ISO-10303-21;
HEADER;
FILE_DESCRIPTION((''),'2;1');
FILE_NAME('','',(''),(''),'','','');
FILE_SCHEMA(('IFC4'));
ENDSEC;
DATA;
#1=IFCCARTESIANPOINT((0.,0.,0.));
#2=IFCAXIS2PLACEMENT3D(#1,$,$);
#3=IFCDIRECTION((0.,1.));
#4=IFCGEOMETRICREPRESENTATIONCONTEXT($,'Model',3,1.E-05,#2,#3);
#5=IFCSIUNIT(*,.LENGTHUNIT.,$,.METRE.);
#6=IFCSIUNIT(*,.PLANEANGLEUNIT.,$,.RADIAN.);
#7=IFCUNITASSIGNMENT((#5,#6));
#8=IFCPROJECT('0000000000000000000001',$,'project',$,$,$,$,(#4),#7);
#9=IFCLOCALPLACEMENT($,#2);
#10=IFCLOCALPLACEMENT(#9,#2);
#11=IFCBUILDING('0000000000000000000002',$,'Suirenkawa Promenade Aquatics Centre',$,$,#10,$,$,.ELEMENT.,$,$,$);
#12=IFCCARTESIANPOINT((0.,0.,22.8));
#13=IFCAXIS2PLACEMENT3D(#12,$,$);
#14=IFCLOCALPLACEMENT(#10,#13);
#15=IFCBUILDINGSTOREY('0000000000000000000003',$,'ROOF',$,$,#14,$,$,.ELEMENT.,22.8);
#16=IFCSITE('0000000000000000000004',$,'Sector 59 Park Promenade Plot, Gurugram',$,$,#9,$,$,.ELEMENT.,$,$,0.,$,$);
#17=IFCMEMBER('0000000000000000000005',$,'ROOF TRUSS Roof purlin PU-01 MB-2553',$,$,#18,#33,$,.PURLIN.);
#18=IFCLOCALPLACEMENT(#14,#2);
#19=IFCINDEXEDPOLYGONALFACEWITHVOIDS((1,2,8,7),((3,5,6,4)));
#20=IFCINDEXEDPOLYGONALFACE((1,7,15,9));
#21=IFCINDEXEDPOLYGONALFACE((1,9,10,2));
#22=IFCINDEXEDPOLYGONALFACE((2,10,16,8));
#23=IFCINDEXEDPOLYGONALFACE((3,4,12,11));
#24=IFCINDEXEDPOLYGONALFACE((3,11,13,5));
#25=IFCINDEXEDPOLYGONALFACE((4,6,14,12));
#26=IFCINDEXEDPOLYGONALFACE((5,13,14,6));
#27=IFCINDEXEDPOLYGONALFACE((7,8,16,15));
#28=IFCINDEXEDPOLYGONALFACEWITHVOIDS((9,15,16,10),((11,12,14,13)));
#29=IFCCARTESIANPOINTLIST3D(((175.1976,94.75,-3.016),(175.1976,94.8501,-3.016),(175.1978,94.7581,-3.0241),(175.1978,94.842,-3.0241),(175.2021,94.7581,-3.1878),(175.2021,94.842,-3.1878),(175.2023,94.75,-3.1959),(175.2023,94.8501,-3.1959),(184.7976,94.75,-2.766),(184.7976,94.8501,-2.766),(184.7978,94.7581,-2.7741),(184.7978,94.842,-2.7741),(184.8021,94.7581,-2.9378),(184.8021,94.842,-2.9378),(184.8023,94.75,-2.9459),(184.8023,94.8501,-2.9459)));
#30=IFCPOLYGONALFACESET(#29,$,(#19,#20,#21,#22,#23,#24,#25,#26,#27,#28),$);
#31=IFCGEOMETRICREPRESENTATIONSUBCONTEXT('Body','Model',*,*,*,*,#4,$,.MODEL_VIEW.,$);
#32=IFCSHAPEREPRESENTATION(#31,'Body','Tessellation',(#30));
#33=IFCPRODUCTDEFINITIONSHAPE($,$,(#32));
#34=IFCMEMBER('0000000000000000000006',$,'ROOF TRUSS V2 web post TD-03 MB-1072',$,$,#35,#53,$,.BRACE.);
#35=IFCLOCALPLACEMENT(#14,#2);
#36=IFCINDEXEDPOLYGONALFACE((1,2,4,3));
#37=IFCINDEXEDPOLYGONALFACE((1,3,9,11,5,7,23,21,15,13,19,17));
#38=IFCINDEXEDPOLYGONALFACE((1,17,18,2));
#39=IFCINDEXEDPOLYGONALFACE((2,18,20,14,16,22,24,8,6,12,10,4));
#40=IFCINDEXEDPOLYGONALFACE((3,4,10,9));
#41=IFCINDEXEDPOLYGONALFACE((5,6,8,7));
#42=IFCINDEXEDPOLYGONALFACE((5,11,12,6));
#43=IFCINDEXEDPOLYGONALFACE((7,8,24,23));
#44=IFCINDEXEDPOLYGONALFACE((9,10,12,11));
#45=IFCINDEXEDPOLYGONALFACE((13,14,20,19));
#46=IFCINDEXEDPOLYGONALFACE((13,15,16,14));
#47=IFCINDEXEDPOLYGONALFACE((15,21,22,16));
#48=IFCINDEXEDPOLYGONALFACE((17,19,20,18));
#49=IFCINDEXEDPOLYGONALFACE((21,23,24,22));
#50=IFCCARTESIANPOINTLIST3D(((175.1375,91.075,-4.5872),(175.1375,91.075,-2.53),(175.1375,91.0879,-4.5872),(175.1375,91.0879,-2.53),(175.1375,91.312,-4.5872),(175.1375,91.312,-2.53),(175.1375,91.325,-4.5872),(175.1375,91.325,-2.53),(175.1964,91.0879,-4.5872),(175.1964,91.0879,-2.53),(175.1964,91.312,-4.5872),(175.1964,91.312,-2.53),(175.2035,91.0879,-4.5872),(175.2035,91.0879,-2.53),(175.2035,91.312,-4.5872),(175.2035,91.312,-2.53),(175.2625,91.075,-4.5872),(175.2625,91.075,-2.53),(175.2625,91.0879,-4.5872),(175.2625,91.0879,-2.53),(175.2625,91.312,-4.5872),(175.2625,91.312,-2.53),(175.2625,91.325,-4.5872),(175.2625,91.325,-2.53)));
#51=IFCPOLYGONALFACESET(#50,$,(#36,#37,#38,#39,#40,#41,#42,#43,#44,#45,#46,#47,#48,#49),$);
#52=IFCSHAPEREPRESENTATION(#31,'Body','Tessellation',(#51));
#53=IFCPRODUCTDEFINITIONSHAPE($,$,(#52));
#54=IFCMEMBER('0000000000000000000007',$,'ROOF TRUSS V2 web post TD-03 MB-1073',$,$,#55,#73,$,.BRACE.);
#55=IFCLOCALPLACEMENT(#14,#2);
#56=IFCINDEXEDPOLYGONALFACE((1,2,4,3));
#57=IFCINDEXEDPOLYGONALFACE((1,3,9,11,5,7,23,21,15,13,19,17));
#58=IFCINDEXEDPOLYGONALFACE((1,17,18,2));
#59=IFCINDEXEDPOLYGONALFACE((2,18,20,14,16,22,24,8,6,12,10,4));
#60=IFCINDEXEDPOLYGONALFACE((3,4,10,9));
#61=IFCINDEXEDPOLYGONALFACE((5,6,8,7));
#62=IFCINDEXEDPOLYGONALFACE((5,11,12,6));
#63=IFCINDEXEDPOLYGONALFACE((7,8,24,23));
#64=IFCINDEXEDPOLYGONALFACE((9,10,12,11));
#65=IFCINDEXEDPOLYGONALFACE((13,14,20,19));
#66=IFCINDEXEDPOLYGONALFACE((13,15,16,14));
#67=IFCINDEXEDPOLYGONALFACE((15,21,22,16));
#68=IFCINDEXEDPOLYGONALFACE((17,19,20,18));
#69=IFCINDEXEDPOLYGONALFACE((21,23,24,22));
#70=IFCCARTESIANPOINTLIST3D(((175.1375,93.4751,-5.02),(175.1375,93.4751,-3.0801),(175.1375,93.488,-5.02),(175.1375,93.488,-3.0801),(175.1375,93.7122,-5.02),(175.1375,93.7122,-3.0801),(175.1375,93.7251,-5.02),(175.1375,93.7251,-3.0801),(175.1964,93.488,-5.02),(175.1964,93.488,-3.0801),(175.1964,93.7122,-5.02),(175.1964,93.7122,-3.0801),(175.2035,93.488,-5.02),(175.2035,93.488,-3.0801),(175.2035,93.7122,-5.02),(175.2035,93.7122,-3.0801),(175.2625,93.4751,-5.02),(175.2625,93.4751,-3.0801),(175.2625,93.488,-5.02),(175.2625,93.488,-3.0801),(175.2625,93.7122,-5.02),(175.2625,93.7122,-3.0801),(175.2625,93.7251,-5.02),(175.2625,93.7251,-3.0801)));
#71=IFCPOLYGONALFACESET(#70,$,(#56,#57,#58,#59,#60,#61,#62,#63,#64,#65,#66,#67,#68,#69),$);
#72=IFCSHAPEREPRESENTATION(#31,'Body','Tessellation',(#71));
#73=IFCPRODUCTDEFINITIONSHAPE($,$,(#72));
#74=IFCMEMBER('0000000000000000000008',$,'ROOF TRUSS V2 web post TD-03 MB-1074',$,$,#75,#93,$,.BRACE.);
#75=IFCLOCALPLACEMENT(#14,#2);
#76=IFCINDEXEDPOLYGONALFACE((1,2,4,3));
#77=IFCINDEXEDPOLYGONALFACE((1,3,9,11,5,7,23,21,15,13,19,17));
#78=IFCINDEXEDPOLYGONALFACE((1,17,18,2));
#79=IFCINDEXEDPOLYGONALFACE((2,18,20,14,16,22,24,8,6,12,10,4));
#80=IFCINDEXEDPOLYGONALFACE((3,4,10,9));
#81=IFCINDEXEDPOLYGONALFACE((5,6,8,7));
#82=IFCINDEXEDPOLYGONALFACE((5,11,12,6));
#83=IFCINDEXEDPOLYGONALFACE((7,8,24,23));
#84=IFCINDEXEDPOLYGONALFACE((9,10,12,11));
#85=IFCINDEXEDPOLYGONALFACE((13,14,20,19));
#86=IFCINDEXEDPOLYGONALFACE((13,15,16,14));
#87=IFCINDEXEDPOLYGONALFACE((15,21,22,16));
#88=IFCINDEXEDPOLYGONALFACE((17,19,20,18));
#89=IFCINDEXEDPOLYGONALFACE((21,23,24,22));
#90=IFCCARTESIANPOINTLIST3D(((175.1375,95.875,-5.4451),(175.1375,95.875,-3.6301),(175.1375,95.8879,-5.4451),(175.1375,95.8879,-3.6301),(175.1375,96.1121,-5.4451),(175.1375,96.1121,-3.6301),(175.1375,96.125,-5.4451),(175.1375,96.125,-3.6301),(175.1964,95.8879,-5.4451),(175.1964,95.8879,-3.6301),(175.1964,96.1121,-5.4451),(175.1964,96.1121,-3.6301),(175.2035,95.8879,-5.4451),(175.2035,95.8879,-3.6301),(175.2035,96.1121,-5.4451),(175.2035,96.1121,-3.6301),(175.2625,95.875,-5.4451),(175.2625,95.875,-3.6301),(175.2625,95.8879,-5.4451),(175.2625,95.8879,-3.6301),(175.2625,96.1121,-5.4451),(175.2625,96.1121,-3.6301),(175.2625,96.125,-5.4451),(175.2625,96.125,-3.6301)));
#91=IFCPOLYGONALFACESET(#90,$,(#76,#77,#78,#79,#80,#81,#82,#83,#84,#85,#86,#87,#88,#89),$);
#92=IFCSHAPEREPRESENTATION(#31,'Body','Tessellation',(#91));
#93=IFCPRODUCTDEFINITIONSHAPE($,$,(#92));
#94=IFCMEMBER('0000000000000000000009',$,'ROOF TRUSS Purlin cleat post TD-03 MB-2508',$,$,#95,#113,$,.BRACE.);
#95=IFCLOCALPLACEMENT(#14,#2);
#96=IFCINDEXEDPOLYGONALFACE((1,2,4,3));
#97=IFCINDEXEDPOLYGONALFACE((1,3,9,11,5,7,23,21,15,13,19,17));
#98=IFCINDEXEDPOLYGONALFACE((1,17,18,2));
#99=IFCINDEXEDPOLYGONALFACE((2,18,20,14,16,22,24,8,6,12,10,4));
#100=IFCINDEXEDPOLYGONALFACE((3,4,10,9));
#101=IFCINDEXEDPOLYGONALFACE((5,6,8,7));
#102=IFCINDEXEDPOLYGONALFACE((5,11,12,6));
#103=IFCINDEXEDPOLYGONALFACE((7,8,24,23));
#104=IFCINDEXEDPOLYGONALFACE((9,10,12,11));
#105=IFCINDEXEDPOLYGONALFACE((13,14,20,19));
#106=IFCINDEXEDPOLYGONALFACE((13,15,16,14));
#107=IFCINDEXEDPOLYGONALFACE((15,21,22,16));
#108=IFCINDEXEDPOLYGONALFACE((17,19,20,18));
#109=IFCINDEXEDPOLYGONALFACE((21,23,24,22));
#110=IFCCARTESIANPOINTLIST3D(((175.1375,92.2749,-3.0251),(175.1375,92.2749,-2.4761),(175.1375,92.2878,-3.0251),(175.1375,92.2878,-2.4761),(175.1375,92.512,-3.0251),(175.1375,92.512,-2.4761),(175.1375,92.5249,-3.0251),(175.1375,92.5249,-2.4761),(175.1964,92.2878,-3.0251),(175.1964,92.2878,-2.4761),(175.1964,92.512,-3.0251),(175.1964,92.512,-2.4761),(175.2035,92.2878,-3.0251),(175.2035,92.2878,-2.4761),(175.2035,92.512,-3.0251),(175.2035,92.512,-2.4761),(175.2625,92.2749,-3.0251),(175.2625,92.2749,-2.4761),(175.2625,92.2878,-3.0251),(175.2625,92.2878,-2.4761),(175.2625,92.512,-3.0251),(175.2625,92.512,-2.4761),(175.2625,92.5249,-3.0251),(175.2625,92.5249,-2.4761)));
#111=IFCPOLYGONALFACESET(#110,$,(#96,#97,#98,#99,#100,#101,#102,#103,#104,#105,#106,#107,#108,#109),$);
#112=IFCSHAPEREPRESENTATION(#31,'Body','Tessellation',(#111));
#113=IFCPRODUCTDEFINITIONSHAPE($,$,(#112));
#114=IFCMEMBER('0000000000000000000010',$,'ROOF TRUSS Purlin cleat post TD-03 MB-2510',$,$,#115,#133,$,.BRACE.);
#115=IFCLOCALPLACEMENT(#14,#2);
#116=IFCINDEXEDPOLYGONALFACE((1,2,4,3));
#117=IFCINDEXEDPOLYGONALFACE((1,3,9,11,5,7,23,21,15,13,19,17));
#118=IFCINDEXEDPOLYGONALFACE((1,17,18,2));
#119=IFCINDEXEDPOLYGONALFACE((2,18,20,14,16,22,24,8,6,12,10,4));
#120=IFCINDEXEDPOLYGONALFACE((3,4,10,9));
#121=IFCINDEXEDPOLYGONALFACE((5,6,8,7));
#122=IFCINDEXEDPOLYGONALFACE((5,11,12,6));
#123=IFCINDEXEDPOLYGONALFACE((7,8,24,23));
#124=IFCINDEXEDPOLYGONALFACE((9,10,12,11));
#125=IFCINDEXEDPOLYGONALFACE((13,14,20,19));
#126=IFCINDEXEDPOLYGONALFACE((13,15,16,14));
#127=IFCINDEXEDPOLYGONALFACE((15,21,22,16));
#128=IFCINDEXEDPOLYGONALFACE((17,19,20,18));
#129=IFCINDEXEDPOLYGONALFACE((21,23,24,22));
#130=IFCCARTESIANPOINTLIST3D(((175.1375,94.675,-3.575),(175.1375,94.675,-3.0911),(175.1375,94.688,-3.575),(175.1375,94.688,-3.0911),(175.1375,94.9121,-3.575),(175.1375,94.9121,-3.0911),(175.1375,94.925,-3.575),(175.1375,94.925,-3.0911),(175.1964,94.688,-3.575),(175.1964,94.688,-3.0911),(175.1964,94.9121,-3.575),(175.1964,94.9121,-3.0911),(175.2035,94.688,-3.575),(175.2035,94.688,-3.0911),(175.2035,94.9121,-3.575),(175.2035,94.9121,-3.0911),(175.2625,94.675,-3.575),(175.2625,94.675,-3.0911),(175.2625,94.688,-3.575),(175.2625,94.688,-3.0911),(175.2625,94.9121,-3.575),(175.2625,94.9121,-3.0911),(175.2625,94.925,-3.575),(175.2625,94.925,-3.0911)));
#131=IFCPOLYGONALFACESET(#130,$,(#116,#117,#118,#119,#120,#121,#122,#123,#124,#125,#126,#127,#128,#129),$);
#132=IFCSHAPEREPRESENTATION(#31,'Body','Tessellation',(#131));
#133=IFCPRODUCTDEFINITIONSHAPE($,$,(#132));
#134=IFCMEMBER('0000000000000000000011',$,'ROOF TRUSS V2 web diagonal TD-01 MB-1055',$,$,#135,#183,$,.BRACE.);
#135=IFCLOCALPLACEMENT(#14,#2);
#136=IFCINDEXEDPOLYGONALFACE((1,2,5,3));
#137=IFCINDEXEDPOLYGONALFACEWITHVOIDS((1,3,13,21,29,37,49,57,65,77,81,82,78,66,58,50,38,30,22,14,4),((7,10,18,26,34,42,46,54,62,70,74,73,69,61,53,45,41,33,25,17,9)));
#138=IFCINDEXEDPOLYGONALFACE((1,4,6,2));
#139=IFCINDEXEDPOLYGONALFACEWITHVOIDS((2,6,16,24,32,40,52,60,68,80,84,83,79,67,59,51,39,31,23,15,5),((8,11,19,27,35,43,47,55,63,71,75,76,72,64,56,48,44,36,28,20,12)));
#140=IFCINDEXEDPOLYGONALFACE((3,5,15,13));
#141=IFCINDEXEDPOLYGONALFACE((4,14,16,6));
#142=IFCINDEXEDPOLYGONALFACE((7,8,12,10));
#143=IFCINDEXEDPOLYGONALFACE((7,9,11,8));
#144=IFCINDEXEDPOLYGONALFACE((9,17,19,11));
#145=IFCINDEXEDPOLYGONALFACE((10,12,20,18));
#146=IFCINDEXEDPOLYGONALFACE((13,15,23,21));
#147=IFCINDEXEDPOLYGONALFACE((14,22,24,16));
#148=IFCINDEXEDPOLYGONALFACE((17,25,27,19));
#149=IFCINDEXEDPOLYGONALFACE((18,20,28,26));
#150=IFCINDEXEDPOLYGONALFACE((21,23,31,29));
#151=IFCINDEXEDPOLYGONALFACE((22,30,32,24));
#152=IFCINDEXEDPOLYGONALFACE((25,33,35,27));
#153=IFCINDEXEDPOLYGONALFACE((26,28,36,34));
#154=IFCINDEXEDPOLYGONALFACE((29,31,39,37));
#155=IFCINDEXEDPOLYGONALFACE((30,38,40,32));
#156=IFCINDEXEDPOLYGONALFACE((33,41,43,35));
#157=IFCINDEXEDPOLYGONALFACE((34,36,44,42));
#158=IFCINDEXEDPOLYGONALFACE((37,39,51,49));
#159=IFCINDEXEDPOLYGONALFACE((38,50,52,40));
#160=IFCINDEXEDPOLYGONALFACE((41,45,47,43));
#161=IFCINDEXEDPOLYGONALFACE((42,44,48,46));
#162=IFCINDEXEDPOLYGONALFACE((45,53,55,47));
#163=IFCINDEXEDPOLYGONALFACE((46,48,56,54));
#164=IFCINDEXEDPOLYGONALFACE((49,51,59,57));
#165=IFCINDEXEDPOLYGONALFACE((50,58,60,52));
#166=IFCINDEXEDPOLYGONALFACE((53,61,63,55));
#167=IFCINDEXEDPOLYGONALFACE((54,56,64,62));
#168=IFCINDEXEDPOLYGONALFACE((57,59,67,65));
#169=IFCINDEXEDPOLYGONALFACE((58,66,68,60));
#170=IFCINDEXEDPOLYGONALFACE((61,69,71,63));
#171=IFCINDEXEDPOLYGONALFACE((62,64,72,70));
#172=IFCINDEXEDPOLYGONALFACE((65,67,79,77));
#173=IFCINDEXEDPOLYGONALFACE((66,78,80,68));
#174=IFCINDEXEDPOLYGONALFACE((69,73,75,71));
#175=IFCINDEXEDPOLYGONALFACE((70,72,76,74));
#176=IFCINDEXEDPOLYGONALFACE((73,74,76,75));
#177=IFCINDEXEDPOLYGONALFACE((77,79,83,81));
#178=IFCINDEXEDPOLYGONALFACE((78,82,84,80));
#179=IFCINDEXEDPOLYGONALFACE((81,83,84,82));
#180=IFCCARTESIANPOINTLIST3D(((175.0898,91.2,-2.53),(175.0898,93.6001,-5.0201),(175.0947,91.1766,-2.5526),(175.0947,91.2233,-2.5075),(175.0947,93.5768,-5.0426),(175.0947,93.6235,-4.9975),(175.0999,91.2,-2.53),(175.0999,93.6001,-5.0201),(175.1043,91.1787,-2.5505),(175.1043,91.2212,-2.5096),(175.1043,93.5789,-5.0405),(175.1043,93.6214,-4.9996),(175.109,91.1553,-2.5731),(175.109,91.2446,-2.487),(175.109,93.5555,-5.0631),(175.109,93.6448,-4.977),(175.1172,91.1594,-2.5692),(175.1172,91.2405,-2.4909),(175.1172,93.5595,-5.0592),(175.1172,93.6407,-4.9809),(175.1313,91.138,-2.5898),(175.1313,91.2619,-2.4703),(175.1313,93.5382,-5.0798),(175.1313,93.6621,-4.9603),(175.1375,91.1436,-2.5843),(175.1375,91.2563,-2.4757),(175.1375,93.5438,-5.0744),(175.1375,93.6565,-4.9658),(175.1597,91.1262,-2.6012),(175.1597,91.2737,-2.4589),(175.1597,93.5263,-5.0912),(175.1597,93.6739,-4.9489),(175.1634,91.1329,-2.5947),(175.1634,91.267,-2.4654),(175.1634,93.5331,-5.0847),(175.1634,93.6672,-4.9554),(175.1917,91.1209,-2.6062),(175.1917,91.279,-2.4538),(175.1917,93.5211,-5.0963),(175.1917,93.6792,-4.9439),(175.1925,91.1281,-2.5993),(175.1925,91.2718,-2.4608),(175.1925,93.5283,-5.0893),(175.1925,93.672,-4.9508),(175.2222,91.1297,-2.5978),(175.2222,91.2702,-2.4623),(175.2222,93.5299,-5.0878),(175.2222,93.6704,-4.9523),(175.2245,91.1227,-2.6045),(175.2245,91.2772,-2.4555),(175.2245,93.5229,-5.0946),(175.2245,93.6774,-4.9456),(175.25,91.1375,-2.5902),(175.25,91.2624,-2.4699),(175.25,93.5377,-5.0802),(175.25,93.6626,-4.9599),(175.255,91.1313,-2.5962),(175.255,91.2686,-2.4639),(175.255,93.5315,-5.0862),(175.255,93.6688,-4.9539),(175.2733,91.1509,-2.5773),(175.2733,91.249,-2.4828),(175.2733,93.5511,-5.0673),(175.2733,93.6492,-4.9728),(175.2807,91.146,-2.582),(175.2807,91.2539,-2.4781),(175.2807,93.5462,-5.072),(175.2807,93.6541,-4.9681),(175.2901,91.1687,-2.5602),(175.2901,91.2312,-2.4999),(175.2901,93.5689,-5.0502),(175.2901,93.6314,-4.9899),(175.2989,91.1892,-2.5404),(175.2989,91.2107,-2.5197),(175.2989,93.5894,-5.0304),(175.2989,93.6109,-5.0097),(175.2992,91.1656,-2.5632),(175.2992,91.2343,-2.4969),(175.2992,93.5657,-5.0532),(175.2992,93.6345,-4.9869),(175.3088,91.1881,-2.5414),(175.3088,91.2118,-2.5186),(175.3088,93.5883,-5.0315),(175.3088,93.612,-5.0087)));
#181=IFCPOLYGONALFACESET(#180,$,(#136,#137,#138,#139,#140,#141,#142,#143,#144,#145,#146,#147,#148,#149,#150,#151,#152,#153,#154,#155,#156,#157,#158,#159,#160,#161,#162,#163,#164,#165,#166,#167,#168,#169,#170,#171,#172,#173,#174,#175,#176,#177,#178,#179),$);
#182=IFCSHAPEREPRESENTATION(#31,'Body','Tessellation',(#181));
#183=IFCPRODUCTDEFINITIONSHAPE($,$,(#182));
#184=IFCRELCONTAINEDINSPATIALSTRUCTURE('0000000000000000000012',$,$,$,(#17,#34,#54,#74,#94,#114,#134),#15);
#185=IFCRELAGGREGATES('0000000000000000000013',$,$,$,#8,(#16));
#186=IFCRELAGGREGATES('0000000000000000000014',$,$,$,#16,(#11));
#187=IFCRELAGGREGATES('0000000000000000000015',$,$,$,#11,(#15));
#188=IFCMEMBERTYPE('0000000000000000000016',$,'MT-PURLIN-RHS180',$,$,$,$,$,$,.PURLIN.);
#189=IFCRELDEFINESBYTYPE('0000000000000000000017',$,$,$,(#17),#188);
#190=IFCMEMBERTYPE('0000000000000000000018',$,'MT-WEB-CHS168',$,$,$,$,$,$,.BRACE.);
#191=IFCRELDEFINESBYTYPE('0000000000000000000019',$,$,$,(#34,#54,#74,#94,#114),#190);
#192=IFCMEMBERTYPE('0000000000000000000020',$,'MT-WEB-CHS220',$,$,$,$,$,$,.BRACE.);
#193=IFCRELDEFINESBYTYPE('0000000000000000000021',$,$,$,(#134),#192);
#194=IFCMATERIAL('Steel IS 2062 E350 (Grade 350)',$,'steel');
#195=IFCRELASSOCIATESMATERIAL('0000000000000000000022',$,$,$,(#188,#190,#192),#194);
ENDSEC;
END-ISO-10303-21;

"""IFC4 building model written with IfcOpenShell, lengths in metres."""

from ifc_helpers import new_model, si_unit, direction, frame, origin, origin_2d, place, context, subcontext, project, spatial, hollow_rectangle, hollow_circle, i_section, extrude, material, material_profile, profile_set, type_object, element, save


model = new_model("IFC4")

# Units and contexts
model_context = context("Model", 3, precision=1e-05, world=origin(), true_north=direction((0.0, 1.0)))
body_context = subcontext(model_context, "Body", "Model", "MODEL_VIEW")
ifc_project = project(units=[si_unit("LENGTHUNIT", "METRE"), si_unit("PLANEANGLEUNIT", "RADIAN")], contexts=[model_context])

# Site, building, storey
site_placement = place(None, origin())
site = spatial("IfcSite", under=ifc_project, at=site_placement, Name="Sector 59 Park Promenade Plot, Gurugram", CompositionType="ELEMENT", RefElevation=0.0)
building_placement = place(site_placement, origin())
building = spatial("IfcBuilding", under=site, at=building_placement, Name="Suirenkawa Promenade Aquatics Centre", CompositionType="ELEMENT")
storey_placement = place(building_placement, frame((0.0, 0.0, 22.8)))
storey = spatial("IfcBuildingStorey", under=building, at=storey_placement, Name="ROOF", CompositionType="ELEMENT", Elevation=22.8)

# Shared definitions
ifc_material = material(Name="Steel IS 2062 E350 (Grade 350)", Category="steel")

# Members
ifc_material_profile_1 = material_profile(ifc_material, hollow_rectangle(XDim=0.1001, YDim=0.1799, WallThickness=0.0081, at=origin_2d()), Name="RHS 180x100x8", Category="steel")
ifc_profile_set_1 = profile_set([ifc_material_profile_1], Name="Steel IS 2062 E350 (Grade 350)")
member_type_1 = type_object("IfcMemberType", Name="MT-PURLIN-RHS180", PredefinedType="PURLIN", material=ifc_profile_set_1)
member_1_placement = place(storey_placement, frame((175.2, 94.8, -3.106), z_axis=(0.999661, 0.0, 0.026033), x_axis=(0.0, 1.0, 0.0)))
element("IfcMember", 1, at=member_1_placement, inside=storey, type_object=member_type_1, Name="ROOF TRUSS Roof purlin PU-01 MB-2553", PredefinedType="PURLIN", context=body_context, shape_type="SweptSolid", body=[
    extrude(hollow_rectangle(XDim=0.1001, YDim=0.1799, WallThickness=0.0081, at=origin_2d()), origin(), (0.0, 0.0, 1.0), 9.6033),
])
ifc_material_profile_2 = material_profile(ifc_material, i_section(OverallWidth=0.125, OverallDepth=0.25, WebThickness=0.0071, FlangeThickness=0.0129, at=origin_2d()), Name="ISMB 250", Category="steel")
ifc_profile_set_2 = profile_set([ifc_material_profile_2], Name="Steel IS 2062 E350 (Grade 350)")
member_type_2 = type_object("IfcMemberType", Name="MT-WEB-CHS168", PredefinedType="BRACE", material=ifc_profile_set_2)
member_2_placement = place(storey_placement, frame((175.2, 91.2, -4.5872), z_axis=(0.0, 0.0, 1.0), x_axis=(1.0, 0.0, 0.0)))
element("IfcMember", 2, at=member_2_placement, inside=storey, type_object=member_type_2, Name="ROOF TRUSS V2 web post TD-03 MB-1072", PredefinedType="BRACE", context=body_context, shape_type="SweptSolid", body=[
    extrude(i_section(OverallWidth=0.125, OverallDepth=0.25, WebThickness=0.0071, FlangeThickness=0.0129, at=origin_2d()), origin(), (0.0, 0.0, 1.0), 2.0571),
])
member_3_placement = place(storey_placement, frame((175.2, 93.6001, -5.02), z_axis=(0.0, 0.0, 1.0), x_axis=(1.0, 0.0, 0.0)))
element("IfcMember", 3, at=member_3_placement, inside=storey, type_object=member_type_2, Name="ROOF TRUSS V2 web post TD-03 MB-1073", PredefinedType="BRACE", context=body_context, shape_type="SweptSolid", body=[
    extrude(i_section(OverallWidth=0.125, OverallDepth=0.25, WebThickness=0.0071, FlangeThickness=0.0129, at=origin_2d()), origin(), (0.0, 0.0, 1.0), 1.9399),
])
member_4_placement = place(storey_placement, frame((175.2, 96.0, -5.4451), z_axis=(0.0, 0.0, 1.0), x_axis=(1.0, 0.0, 0.0)))
element("IfcMember", 4, at=member_4_placement, inside=storey, type_object=member_type_2, Name="ROOF TRUSS V2 web post TD-03 MB-1074", PredefinedType="BRACE", context=body_context, shape_type="SweptSolid", body=[
    extrude(i_section(OverallWidth=0.125, OverallDepth=0.25, WebThickness=0.0071, FlangeThickness=0.0129, at=origin_2d()), origin(), (0.0, 0.0, 1.0), 1.8149),
])
member_5_placement = place(storey_placement, frame((175.2, 92.3999, -3.0251), z_axis=(0.0, 0.0, 1.0), x_axis=(1.0, 0.0, 0.0)))
element("IfcMember", 5, at=member_5_placement, inside=storey, type_object=member_type_2, Name="ROOF TRUSS Purlin cleat post TD-03 MB-2508", PredefinedType="BRACE", context=body_context, shape_type="SweptSolid", body=[
    extrude(i_section(OverallWidth=0.125, OverallDepth=0.25, WebThickness=0.0071, FlangeThickness=0.0129, at=origin_2d()), origin(), (0.0, 0.0, 1.0), 0.5491),
])
member_6_placement = place(storey_placement, frame((175.2, 94.8, -3.575), z_axis=(0.0, 0.0, 1.0), x_axis=(1.0, 0.0, 0.0)))
element("IfcMember", 6, at=member_6_placement, inside=storey, type_object=member_type_2, Name="ROOF TRUSS Purlin cleat post TD-03 MB-2510", PredefinedType="BRACE", context=body_context, shape_type="SweptSolid", body=[
    extrude(i_section(OverallWidth=0.125, OverallDepth=0.25, WebThickness=0.0071, FlangeThickness=0.0129, at=origin_2d()), origin(), (0.0, 0.0, 1.0), 0.4839),
])
ifc_material_profile_3 = material_profile(ifc_material, hollow_circle(Radius=0.1101, WallThickness=0.01, at=origin_2d()), Name="CHS 220x10", Category="steel")
ifc_profile_set_3 = profile_set([ifc_material_profile_3], Name="Steel IS 2062 E350 (Grade 350)")
member_type_3 = type_object("IfcMemberType", Name="MT-WEB-CHS220", PredefinedType="BRACE", material=ifc_profile_set_3)
member_7_placement = place(storey_placement, frame((175.2, 91.2, -2.53), z_axis=(0.0, 0.693998, -0.719977), x_axis=(-1.0, 0.0, 0.0)))
element("IfcMember", 7, at=member_7_placement, inside=storey, type_object=member_type_3, Name="ROOF TRUSS V2 web diagonal TD-01 MB-1055", PredefinedType="BRACE", context=body_context, shape_type="SweptSolid", body=[
    extrude(hollow_circle(Radius=0.1101, WallThickness=0.01, at=origin_2d()), origin(), (0.0, 0.0, 1.0), 3.4585),
])

save(model, "model.ifc")
